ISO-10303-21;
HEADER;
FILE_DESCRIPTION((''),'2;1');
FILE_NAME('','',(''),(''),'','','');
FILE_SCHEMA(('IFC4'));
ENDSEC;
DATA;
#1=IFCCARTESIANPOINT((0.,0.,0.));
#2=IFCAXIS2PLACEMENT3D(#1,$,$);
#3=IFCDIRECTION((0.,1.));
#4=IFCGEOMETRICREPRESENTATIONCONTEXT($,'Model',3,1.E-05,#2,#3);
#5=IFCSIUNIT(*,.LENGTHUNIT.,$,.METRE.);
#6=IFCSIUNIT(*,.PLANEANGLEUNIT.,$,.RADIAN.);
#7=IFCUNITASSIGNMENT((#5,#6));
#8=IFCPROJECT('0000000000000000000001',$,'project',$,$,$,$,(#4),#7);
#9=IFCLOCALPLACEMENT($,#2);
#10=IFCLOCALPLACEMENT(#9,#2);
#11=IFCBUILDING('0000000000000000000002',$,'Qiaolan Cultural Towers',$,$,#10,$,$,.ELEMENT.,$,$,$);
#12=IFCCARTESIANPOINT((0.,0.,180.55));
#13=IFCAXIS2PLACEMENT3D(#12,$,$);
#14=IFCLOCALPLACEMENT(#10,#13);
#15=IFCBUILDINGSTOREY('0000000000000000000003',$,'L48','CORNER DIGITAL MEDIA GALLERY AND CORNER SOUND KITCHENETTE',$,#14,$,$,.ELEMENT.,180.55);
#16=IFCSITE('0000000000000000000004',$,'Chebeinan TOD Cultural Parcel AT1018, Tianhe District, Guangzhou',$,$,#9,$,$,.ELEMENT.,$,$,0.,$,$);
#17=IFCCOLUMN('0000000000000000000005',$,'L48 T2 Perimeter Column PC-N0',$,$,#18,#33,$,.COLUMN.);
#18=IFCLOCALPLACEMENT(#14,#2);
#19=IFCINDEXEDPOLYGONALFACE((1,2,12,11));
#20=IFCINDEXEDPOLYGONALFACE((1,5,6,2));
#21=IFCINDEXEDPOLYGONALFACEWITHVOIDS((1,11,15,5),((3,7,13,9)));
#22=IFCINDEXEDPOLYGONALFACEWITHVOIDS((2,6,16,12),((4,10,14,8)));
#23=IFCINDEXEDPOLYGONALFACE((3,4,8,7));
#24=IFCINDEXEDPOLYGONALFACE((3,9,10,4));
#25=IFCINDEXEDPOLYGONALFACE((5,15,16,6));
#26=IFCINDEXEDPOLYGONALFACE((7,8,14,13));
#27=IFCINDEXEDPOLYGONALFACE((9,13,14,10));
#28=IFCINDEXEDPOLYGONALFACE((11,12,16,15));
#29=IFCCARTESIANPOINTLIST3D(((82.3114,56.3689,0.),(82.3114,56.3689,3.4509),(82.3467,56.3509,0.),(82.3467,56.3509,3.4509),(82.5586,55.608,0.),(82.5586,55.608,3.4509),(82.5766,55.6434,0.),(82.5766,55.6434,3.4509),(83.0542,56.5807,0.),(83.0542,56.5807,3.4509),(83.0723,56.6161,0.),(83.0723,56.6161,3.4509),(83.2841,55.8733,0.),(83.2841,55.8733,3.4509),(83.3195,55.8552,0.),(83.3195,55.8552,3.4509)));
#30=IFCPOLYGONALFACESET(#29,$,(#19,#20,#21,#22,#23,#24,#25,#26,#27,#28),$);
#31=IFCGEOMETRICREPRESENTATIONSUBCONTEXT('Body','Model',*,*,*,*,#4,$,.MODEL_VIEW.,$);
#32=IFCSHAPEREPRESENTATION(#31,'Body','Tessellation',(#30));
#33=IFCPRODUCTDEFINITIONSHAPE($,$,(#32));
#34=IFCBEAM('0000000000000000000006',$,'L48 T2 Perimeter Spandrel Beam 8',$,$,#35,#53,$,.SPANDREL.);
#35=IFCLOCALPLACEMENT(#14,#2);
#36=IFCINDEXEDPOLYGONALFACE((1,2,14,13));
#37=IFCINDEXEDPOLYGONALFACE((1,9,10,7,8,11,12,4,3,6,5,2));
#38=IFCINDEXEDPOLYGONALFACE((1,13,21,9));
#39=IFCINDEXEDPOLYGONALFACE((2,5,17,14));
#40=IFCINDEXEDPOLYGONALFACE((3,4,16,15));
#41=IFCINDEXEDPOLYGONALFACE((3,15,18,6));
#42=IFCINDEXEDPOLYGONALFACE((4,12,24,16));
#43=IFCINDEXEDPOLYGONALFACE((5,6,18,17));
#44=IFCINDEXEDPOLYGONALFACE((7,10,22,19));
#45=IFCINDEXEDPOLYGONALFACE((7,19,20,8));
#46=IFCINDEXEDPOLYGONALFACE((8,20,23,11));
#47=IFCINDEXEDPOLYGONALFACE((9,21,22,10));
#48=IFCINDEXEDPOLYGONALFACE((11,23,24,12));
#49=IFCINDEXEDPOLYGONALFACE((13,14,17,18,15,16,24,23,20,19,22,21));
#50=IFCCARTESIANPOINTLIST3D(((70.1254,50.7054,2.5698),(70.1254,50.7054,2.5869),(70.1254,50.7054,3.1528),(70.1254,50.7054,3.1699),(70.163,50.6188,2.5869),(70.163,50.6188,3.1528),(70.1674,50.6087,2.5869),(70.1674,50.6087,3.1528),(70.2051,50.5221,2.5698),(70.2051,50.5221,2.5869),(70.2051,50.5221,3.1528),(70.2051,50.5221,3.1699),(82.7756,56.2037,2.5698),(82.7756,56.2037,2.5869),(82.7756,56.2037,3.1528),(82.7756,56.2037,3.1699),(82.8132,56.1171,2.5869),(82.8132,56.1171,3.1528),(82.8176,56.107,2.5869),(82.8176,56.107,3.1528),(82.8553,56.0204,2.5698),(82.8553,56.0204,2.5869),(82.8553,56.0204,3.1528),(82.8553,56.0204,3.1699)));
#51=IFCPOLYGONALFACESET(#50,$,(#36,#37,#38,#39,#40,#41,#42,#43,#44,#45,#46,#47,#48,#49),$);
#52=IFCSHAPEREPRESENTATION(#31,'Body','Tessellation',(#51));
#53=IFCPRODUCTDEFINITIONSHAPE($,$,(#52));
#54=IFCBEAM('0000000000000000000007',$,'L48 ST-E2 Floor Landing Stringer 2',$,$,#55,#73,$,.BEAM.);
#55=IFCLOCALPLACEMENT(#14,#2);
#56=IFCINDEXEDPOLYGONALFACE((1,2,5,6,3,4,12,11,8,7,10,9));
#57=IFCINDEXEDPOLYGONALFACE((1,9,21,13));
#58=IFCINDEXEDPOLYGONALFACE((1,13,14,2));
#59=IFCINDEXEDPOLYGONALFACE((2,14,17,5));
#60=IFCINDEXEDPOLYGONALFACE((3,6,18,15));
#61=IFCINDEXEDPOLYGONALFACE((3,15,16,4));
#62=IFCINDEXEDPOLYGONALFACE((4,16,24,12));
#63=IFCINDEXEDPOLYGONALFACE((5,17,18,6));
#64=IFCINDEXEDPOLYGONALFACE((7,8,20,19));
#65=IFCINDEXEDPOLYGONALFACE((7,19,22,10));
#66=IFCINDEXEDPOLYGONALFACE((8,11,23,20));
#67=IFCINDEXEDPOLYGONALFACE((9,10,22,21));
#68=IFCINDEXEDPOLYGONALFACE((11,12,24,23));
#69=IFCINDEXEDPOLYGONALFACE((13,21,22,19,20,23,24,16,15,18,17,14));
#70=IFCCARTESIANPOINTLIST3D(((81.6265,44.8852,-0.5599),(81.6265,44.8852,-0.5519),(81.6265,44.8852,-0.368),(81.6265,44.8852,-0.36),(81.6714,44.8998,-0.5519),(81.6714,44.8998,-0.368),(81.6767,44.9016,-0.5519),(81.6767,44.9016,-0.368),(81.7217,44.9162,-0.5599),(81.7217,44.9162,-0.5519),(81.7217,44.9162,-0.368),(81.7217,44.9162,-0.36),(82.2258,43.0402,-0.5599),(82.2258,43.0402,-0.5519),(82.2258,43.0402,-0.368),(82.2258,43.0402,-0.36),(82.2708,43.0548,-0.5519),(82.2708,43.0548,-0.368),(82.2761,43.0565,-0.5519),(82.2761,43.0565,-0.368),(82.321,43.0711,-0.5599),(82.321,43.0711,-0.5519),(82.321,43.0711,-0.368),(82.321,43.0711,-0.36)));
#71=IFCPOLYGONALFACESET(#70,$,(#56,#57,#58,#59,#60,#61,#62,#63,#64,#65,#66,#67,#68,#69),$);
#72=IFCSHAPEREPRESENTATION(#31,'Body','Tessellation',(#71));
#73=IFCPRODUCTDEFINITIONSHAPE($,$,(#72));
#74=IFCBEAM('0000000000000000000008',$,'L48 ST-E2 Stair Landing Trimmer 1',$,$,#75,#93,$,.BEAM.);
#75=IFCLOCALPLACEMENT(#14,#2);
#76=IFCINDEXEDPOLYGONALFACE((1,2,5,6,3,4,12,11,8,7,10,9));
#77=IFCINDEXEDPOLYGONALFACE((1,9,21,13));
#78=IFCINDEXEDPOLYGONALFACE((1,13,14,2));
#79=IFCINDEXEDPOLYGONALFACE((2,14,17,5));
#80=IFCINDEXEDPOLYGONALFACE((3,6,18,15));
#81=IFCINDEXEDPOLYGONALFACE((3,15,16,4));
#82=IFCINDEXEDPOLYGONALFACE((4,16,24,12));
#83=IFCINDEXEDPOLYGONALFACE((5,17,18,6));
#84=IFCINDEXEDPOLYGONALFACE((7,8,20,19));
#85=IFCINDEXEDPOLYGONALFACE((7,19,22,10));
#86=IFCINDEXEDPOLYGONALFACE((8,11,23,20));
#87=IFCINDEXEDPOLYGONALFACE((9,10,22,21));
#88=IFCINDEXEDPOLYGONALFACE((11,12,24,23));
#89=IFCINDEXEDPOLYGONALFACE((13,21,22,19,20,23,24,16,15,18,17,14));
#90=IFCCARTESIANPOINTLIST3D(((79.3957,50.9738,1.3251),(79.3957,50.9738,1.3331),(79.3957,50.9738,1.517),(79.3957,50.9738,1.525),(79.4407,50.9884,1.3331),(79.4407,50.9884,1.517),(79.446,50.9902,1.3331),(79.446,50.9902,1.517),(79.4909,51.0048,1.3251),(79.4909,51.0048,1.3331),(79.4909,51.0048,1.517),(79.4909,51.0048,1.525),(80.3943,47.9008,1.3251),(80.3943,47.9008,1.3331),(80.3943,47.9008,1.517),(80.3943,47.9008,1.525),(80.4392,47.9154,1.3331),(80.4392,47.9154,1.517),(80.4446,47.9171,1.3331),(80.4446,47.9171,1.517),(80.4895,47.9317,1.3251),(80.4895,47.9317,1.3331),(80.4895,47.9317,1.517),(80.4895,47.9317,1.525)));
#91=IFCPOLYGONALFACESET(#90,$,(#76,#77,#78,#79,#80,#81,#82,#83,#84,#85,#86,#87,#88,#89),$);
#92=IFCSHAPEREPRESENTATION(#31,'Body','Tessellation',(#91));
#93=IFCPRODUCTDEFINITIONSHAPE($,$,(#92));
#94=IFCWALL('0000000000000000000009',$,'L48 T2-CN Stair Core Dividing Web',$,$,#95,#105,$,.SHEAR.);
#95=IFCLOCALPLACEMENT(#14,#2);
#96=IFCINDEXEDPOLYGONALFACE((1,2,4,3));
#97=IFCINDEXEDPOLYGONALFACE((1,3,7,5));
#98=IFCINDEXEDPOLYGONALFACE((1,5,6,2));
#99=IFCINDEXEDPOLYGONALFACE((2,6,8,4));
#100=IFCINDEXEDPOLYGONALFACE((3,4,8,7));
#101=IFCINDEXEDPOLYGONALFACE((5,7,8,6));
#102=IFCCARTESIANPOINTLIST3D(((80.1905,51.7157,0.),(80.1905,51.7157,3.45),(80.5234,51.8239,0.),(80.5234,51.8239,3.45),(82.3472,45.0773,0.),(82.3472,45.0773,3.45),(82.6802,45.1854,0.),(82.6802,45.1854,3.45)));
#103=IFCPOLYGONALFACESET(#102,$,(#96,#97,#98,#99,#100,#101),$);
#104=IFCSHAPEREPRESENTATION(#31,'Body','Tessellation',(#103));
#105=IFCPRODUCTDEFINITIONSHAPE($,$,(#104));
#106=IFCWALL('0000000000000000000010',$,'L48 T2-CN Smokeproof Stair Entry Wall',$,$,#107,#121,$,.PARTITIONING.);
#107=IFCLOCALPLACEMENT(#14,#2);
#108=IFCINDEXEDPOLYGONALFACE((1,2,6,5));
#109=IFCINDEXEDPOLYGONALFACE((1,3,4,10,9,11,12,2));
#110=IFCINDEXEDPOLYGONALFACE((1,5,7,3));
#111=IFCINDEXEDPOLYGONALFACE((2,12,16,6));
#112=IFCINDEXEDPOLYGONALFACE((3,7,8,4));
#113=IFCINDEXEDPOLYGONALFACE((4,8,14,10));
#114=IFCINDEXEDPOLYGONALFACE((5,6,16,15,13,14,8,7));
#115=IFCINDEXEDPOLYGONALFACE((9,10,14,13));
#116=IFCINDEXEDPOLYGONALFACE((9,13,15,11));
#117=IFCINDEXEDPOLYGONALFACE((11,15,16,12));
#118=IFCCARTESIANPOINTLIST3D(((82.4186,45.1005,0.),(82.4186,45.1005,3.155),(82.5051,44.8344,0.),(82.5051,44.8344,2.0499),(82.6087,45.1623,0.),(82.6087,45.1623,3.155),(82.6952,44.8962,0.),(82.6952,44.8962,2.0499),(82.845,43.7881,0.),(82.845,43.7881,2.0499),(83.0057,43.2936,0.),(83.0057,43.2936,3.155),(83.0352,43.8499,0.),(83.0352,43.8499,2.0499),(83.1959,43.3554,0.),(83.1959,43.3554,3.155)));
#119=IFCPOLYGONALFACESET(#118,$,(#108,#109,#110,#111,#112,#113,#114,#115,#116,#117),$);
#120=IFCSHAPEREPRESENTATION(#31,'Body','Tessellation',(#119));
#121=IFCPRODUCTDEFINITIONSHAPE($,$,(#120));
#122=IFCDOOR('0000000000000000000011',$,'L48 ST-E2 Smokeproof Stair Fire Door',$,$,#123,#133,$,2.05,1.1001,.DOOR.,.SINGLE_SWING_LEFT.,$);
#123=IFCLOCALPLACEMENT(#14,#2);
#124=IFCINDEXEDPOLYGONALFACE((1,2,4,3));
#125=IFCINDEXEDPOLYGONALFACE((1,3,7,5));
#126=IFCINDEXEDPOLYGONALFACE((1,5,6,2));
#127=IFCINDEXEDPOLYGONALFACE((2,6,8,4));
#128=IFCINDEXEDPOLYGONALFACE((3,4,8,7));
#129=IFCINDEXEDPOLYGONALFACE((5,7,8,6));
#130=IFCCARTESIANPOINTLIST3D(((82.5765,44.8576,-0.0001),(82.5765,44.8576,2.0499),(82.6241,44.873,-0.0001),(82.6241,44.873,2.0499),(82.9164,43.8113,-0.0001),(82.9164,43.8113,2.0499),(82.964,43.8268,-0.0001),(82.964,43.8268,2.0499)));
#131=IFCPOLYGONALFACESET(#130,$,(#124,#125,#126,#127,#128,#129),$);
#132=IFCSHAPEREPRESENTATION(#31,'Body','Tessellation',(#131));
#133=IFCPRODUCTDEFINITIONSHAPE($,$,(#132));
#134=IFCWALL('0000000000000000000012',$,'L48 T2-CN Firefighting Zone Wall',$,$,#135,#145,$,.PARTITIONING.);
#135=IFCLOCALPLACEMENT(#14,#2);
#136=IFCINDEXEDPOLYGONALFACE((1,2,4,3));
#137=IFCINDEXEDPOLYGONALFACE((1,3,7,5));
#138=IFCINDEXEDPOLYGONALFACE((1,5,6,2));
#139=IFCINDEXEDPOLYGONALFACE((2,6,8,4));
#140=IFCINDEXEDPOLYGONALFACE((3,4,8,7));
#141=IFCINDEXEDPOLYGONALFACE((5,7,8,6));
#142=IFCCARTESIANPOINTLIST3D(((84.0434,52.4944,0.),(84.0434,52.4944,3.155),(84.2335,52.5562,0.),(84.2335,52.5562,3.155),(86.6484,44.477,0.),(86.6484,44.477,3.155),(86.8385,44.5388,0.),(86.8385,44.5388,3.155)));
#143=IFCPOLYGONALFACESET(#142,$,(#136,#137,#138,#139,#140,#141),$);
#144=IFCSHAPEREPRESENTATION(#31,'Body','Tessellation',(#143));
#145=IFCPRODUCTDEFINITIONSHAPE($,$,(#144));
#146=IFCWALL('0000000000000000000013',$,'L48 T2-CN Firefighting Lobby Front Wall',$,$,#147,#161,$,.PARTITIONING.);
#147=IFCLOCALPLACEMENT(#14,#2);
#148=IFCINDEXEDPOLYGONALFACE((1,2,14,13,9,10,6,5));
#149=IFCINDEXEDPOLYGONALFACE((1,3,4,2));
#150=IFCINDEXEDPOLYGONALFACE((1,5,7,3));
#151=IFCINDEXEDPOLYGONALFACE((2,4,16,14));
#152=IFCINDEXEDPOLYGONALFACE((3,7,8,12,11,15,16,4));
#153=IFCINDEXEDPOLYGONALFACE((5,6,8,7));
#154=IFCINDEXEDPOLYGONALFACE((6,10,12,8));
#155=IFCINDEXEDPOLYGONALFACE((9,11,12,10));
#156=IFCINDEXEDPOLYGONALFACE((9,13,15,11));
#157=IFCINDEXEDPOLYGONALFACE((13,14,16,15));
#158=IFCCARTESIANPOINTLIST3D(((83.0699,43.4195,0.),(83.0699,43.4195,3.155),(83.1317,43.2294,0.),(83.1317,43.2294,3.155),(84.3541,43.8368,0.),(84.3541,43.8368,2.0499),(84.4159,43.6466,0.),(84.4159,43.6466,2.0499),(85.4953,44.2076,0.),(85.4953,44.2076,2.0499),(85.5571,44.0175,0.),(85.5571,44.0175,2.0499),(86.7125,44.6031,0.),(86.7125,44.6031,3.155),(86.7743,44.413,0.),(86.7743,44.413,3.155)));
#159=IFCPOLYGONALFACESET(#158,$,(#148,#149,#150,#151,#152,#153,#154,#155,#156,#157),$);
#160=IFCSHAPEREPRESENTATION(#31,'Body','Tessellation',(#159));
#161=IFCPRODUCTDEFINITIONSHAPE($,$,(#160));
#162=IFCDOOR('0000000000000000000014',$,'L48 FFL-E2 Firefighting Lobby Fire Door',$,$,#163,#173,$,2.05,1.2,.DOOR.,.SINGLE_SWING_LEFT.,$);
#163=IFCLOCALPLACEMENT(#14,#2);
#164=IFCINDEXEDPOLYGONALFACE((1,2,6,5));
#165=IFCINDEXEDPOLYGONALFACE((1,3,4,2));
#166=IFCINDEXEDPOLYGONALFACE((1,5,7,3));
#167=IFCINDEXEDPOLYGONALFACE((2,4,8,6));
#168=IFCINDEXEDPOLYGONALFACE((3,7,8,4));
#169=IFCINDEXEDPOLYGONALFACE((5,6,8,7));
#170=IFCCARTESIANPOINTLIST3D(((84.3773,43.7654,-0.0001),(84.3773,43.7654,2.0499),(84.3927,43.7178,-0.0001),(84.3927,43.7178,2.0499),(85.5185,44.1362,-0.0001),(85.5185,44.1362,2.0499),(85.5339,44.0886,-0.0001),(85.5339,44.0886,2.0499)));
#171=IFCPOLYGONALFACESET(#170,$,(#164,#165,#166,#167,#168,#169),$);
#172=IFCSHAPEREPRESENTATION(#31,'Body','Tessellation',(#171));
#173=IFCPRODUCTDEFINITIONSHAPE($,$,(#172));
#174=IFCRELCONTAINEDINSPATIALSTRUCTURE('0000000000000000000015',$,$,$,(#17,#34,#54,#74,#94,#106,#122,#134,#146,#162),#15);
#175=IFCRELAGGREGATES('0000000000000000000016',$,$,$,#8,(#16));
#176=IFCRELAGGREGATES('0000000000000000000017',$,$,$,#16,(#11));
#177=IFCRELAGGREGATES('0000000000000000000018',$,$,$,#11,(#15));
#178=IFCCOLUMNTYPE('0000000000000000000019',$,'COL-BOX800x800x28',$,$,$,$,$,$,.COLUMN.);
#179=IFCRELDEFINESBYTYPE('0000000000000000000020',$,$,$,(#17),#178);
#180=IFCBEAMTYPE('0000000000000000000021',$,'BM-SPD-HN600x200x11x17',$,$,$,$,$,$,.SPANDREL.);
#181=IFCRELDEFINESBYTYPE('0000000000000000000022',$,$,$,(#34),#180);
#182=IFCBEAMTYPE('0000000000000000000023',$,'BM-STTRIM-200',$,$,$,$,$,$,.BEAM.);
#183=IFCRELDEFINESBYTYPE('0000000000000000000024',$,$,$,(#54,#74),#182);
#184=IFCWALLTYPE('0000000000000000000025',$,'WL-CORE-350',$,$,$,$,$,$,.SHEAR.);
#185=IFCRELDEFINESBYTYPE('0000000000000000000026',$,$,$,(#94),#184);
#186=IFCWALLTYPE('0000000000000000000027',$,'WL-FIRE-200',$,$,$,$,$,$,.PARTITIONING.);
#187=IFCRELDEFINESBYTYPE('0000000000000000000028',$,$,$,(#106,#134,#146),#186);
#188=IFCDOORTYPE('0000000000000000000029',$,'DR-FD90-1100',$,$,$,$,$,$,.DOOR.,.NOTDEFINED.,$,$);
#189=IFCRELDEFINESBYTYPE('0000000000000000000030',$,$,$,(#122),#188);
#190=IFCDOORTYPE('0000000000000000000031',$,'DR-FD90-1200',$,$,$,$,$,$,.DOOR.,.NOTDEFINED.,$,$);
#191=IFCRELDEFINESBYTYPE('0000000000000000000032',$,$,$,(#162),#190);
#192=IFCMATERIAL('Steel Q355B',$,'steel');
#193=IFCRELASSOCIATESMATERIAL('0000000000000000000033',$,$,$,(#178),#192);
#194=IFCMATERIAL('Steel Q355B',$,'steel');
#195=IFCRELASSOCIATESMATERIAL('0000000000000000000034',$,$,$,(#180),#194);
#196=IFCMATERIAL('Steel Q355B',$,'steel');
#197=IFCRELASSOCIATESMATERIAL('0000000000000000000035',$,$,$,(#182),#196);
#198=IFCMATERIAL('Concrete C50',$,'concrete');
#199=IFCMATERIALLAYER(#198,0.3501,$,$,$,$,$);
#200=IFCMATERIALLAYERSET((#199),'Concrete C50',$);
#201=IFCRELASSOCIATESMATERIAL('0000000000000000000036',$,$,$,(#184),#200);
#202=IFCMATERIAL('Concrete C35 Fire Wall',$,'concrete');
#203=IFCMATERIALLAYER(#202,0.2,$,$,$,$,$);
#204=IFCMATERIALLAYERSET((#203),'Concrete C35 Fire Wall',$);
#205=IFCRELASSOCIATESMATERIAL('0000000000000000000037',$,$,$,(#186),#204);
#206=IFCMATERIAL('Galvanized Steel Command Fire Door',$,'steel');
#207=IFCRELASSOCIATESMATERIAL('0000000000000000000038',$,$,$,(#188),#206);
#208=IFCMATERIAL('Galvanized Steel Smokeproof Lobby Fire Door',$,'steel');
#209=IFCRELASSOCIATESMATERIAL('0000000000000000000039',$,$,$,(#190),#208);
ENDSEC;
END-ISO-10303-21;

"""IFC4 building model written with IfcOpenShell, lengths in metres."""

from ifc_helpers import new_model, si_unit, direction, frame, frame_2d, origin, origin_2d, place, context, subcontext, project, spatial, rectangle, hollow_rectangle, i_section, extrude, material, layer, layer_set, material_profile, profile_set, type_object, element, fill, save


model = new_model("IFC4")

# Units and contexts
model_context = context("Model", 3, precision=1e-05, world=origin(), true_north=direction((0.0, 1.0)))
body_context = subcontext(model_context, "Body", "Model", "MODEL_VIEW")
ifc_project = project(units=[si_unit("LENGTHUNIT", "METRE"), si_unit("PLANEANGLEUNIT", "RADIAN")], contexts=[model_context])

# Site, building, storey
site_placement = place(None, origin())
site = spatial("IfcSite", under=ifc_project, at=site_placement, Name="Chebeinan TOD Cultural Parcel AT1018, Tianhe District, Guangzhou", CompositionType="ELEMENT", RefElevation=0.0)
building_placement = place(site_placement, origin())
building = spatial("IfcBuilding", under=site, at=building_placement, Name="Qiaolan Cultural Towers", CompositionType="ELEMENT")
storey_placement = place(building_placement, frame((0.0, 0.0, 180.55)))
storey = spatial("IfcBuildingStorey", under=building, at=storey_placement, Name="L48", Description="CORNER DIGITAL MEDIA GALLERY AND CORNER SOUND KITCHENETTE", CompositionType="ELEMENT", Elevation=180.55)

# Column
ifc_material_1 = material(Name="Steel Q355B", Category="steel")
ifc_material_profile_1 = material_profile(ifc_material_1, hollow_rectangle(XDim=0.8, YDim=0.8, WallThickness=0.0281, at=origin_2d()), Name="BOX800x800x28")
ifc_profile_set_1 = profile_set([ifc_material_profile_1], Name="Steel Q355B")
column_type = type_object("IfcColumnType", Name="COL-BOX800x800x28", PredefinedType="COLUMN", material=ifc_profile_set_1)
column_placement = place(storey_placement, frame((82.8154, 56.1121, 0.0), z_axis=(0.0, 0.0, 1.0), x_axis=(0.951057, 0.309017, 0.0)))
element("IfcColumn", 1, at=column_placement, inside=storey, type_object=column_type, Name="L48 T2 Perimeter Column PC-N0", PredefinedType="COLUMN", context=body_context, shape_type="SweptSolid", body=[
    extrude(hollow_rectangle(XDim=0.8, YDim=0.8, WallThickness=0.0281, at=origin_2d()), origin(), (0.0, 0.0, 1.0), 3.4509),
])

# Beams
ifc_material_2 = material(Name="Steel Q355B", Category="steel")
ifc_material_profile_2 = material_profile(ifc_material_2, i_section(OverallWidth=0.2, OverallDepth=0.6001, WebThickness=0.011, FlangeThickness=0.0171, at=origin_2d()), Name="HN600x200x11x17")
ifc_profile_set_2 = profile_set([ifc_material_profile_2], Name="Steel Q355B")
beam_type_1 = type_object("IfcBeamType", Name="BM-SPD-HN600x200x11x17", PredefinedType="SPANDREL", material=ifc_profile_set_2)
beam_1_placement = place(storey_placement, frame((82.8154, 56.1121, 2.8699), z_axis=(-0.917117, -0.398618, 0.0), x_axis=(0.398618, -0.917117, 0.0)))
element("IfcBeam", 2, at=beam_1_placement, inside=storey, type_object=beam_type_1, Name="L48 T2 Perimeter Spandrel Beam 8", PredefinedType="SPANDREL", context=body_context, shape_type="SweptSolid", body=[
    extrude(i_section(OverallWidth=0.2, OverallDepth=0.6001, WebThickness=0.011, FlangeThickness=0.0171, at=origin_2d()), origin(), (0.0, 0.0, 1.0), 13.7935),
])
ifc_material_3 = material(Name="Steel Q355B", Category="steel")
ifc_material_profile_3 = material_profile(ifc_material_3, i_section(OverallWidth=0.1001, OverallDepth=0.2, WebThickness=0.0056, FlangeThickness=0.0081, at=origin_2d()), Name="HN200x100x5.5x8")
ifc_profile_set_3 = profile_set([ifc_material_profile_3], Name="Steel Q355B")
beam_type_2 = type_object("IfcBeamType", Name="BM-STTRIM-200", PredefinedType="BEAM", material=ifc_profile_set_3)
beam_2_placement = place(storey_placement, frame((82.2734, 43.0557, -0.46), z_axis=(-0.308969, 0.951072, 0.0), x_axis=(-0.951072, -0.308969, 0.0)))
element("IfcBeam", 3, at=beam_2_placement, inside=storey, type_object=beam_type_2, Name="L48 ST-E2 Floor Landing Stringer 2", PredefinedType="BEAM", context=body_context, shape_type="SweptSolid", body=[
    extrude(i_section(OverallWidth=0.1001, OverallDepth=0.2, WebThickness=0.0056, FlangeThickness=0.0081, at=origin_2d()), origin(), (0.0, 0.0, 1.0), 1.9399),
])
beam_3_placement = place(storey_placement, frame((80.4419, 47.9163, 1.425), z_axis=(-0.309033, 0.951051, 0.0), x_axis=(-0.951051, -0.309033, 0.0)))
element("IfcBeam", 4, at=beam_3_placement, inside=storey, type_object=beam_type_2, Name="L48 ST-E2 Stair Landing Trimmer 1", PredefinedType="BEAM", context=body_context, shape_type="SweptSolid", body=[
    extrude(i_section(OverallWidth=0.1001, OverallDepth=0.2, WebThickness=0.0056, FlangeThickness=0.0081, at=origin_2d()), origin(), (0.0, 0.0, 1.0), 3.2312),
])

# Wall
ifc_material_4 = material(Name="Concrete C50", Category="concrete")
ifc_layer_1 = layer(ifc_material_4, 0.3501)
ifc_layer_set_1 = layer_set([ifc_layer_1], Name="Concrete C50")
wall_type_1 = type_object("IfcWallType", Name="WL-CORE-350", PredefinedType="SHEAR", material=ifc_layer_set_1)
wall_1_placement = place(storey_placement, frame((82.5137, 45.1313, 0.0), z_axis=(0.0, 0.0, 1.0), x_axis=(-0.308989, 0.951066, 0.0)))
element("IfcWall", 5, at=wall_1_placement, inside=storey, type_object=wall_type_1, Name="L48 T2-CN Stair Core Dividing Web", PredefinedType="SHEAR", context=body_context, shape_type="SweptSolid", body=[
    extrude(rectangle(XDim=6.98, YDim=0.3501, at=frame_2d((3.49, 0.0))), origin(), (0.0, 0.0, 1.0), 3.45),
])

# Wall, opening, door
ifc_material_5 = material(Name="Concrete C35 Fire Wall", Category="concrete")
ifc_layer_2 = layer(ifc_material_5, 0.2)
ifc_layer_set_2 = layer_set([ifc_layer_2], Name="Concrete C35 Fire Wall")
wall_type_2 = type_object("IfcWallType", Name="WL-FIRE-200", PredefinedType="PARTITIONING", material=ifc_layer_set_2)
wall_2_placement = place(storey_placement, frame((83.1008, 43.3245, 0.0), z_axis=(0.0, 0.0, 1.0), x_axis=(-0.309048, 0.951046, 0.0)))
wall_2 = element("IfcWall", 6, at=wall_2_placement, inside=storey, type_object=wall_type_2, Name="L48 T2-CN Smokeproof Stair Entry Wall", PredefinedType="PARTITIONING", context=body_context, shape_type="SweptSolid", body=[
    extrude(rectangle(XDim=1.8999, YDim=0.2, at=frame_2d((0.95, 0.0))), origin(), (0.0, 0.0, 1.0), 3.155),
])
opening_1_placement = place(wall_2_placement, frame((0.52, 0.0, 0.0)))
opening_1 = element("IfcOpeningElement", 7, at=opening_1_placement, cuts=wall_2, PredefinedType="OPENING", context=body_context, shape_type="SweptSolid", body=[
    extrude(rectangle(XDim=1.1001, YDim=2.05, at=frame_2d((0.55, 1.0249))), frame((0.0, 0.1099, 0.0), z_axis=(0.0, -1.0, 0.0), x_axis=(1.0, 0.0, 0.0)), (0.0, 0.0, 1.0), 0.22),
])
ifc_material_6 = material(Name="Galvanized Steel Command Fire Door", Category="steel")
door_type_1 = type_object("IfcDoorType", Name="DR-FD90-1100", OperationType="NOTDEFINED", PredefinedType="DOOR", material=ifc_material_6)
door_1_placement = place(opening_1_placement, origin())
door_1 = element("IfcDoor", 8, at=door_1_placement, inside=storey, type_object=door_type_1, Name="L48 ST-E2 Smokeproof Stair Fire Door", OperationType="SINGLE_SWING_LEFT", OverallHeight=2.05, OverallWidth=1.1001, PredefinedType="DOOR", context=body_context, shape_type="SweptSolid", body=[
    extrude(rectangle(XDim=1.1001, YDim=2.05, at=frame_2d((0.55, 1.0249))), frame((0.0, 0.0249, 0.0), z_axis=(0.0, -1.0, 0.0), x_axis=(1.0, 0.0, 0.0)), (0.0, 0.0, 1.0), 0.05),
])
fill(opening_1, door_1)

# Wall
wall_3_placement = place(storey_placement, frame((86.7434, 44.5081, 0.0), z_axis=(0.0, 0.0, 1.0), x_axis=(-0.309016, 0.951057, 0.0)))
element("IfcWall", 9, at=wall_3_placement, inside=storey, type_object=wall_type_2, Name="L48 T2-CN Firefighting Zone Wall", PredefinedType="PARTITIONING", context=body_context, shape_type="SweptSolid", body=[
    extrude(rectangle(XDim=8.4299, YDim=0.2, at=frame_2d((4.2148, 0.0))), origin(), (0.0, 0.0, 1.0), 3.155),
])

# Wall, opening, door
wall_4_placement = place(storey_placement, frame((83.1008, 43.3245, 0.0), z_axis=(0.0, 0.0, 1.0), x_axis=(0.951053, 0.309028, 0.0)))
wall_4 = element("IfcWall", 10, at=wall_4_placement, inside=storey, type_object=wall_type_2, Name="L48 T2-CN Firefighting Lobby Front Wall", PredefinedType="PARTITIONING", context=body_context, shape_type="SweptSolid", body=[
    extrude(rectangle(XDim=3.8301, YDim=0.2, at=frame_2d((1.915, 0.0))), origin(), (0.0, 0.0, 1.0), 3.155),
])
opening_2_placement = place(wall_4_placement, frame((1.3501, 0.0, 0.0)))
opening_2 = element("IfcOpeningElement", 11, at=opening_2_placement, cuts=wall_4, PredefinedType="OPENING", context=body_context, shape_type="SweptSolid", body=[
    extrude(rectangle(XDim=1.2, YDim=2.05, at=frame_2d((0.6001, 1.0249))), frame((0.0, 0.1099, 0.0), z_axis=(0.0, -1.0, 0.0), x_axis=(1.0, 0.0, 0.0)), (0.0, 0.0, 1.0), 0.22),
])
ifc_material_7 = material(Name="Galvanized Steel Smokeproof Lobby Fire Door", Category="steel")
door_type_2 = type_object("IfcDoorType", Name="DR-FD90-1200", OperationType="NOTDEFINED", PredefinedType="DOOR", material=ifc_material_7)
door_2_placement = place(opening_2_placement, origin())
door_2 = element("IfcDoor", 12, at=door_2_placement, inside=storey, type_object=door_type_2, Name="L48 FFL-E2 Firefighting Lobby Fire Door", OperationType="SINGLE_SWING_LEFT", OverallHeight=2.05, OverallWidth=1.2, PredefinedType="DOOR", context=body_context, shape_type="SweptSolid", body=[
    extrude(rectangle(XDim=1.2, YDim=2.05, at=frame_2d((0.6001, 1.0249))), frame((0.0, 0.0249, 0.0), z_axis=(0.0, -1.0, 0.0), x_axis=(1.0, 0.0, 0.0)), (0.0, 0.0, 1.0), 0.05),
])
fill(opening_2, door_2)

save(model, "model.ifc")
